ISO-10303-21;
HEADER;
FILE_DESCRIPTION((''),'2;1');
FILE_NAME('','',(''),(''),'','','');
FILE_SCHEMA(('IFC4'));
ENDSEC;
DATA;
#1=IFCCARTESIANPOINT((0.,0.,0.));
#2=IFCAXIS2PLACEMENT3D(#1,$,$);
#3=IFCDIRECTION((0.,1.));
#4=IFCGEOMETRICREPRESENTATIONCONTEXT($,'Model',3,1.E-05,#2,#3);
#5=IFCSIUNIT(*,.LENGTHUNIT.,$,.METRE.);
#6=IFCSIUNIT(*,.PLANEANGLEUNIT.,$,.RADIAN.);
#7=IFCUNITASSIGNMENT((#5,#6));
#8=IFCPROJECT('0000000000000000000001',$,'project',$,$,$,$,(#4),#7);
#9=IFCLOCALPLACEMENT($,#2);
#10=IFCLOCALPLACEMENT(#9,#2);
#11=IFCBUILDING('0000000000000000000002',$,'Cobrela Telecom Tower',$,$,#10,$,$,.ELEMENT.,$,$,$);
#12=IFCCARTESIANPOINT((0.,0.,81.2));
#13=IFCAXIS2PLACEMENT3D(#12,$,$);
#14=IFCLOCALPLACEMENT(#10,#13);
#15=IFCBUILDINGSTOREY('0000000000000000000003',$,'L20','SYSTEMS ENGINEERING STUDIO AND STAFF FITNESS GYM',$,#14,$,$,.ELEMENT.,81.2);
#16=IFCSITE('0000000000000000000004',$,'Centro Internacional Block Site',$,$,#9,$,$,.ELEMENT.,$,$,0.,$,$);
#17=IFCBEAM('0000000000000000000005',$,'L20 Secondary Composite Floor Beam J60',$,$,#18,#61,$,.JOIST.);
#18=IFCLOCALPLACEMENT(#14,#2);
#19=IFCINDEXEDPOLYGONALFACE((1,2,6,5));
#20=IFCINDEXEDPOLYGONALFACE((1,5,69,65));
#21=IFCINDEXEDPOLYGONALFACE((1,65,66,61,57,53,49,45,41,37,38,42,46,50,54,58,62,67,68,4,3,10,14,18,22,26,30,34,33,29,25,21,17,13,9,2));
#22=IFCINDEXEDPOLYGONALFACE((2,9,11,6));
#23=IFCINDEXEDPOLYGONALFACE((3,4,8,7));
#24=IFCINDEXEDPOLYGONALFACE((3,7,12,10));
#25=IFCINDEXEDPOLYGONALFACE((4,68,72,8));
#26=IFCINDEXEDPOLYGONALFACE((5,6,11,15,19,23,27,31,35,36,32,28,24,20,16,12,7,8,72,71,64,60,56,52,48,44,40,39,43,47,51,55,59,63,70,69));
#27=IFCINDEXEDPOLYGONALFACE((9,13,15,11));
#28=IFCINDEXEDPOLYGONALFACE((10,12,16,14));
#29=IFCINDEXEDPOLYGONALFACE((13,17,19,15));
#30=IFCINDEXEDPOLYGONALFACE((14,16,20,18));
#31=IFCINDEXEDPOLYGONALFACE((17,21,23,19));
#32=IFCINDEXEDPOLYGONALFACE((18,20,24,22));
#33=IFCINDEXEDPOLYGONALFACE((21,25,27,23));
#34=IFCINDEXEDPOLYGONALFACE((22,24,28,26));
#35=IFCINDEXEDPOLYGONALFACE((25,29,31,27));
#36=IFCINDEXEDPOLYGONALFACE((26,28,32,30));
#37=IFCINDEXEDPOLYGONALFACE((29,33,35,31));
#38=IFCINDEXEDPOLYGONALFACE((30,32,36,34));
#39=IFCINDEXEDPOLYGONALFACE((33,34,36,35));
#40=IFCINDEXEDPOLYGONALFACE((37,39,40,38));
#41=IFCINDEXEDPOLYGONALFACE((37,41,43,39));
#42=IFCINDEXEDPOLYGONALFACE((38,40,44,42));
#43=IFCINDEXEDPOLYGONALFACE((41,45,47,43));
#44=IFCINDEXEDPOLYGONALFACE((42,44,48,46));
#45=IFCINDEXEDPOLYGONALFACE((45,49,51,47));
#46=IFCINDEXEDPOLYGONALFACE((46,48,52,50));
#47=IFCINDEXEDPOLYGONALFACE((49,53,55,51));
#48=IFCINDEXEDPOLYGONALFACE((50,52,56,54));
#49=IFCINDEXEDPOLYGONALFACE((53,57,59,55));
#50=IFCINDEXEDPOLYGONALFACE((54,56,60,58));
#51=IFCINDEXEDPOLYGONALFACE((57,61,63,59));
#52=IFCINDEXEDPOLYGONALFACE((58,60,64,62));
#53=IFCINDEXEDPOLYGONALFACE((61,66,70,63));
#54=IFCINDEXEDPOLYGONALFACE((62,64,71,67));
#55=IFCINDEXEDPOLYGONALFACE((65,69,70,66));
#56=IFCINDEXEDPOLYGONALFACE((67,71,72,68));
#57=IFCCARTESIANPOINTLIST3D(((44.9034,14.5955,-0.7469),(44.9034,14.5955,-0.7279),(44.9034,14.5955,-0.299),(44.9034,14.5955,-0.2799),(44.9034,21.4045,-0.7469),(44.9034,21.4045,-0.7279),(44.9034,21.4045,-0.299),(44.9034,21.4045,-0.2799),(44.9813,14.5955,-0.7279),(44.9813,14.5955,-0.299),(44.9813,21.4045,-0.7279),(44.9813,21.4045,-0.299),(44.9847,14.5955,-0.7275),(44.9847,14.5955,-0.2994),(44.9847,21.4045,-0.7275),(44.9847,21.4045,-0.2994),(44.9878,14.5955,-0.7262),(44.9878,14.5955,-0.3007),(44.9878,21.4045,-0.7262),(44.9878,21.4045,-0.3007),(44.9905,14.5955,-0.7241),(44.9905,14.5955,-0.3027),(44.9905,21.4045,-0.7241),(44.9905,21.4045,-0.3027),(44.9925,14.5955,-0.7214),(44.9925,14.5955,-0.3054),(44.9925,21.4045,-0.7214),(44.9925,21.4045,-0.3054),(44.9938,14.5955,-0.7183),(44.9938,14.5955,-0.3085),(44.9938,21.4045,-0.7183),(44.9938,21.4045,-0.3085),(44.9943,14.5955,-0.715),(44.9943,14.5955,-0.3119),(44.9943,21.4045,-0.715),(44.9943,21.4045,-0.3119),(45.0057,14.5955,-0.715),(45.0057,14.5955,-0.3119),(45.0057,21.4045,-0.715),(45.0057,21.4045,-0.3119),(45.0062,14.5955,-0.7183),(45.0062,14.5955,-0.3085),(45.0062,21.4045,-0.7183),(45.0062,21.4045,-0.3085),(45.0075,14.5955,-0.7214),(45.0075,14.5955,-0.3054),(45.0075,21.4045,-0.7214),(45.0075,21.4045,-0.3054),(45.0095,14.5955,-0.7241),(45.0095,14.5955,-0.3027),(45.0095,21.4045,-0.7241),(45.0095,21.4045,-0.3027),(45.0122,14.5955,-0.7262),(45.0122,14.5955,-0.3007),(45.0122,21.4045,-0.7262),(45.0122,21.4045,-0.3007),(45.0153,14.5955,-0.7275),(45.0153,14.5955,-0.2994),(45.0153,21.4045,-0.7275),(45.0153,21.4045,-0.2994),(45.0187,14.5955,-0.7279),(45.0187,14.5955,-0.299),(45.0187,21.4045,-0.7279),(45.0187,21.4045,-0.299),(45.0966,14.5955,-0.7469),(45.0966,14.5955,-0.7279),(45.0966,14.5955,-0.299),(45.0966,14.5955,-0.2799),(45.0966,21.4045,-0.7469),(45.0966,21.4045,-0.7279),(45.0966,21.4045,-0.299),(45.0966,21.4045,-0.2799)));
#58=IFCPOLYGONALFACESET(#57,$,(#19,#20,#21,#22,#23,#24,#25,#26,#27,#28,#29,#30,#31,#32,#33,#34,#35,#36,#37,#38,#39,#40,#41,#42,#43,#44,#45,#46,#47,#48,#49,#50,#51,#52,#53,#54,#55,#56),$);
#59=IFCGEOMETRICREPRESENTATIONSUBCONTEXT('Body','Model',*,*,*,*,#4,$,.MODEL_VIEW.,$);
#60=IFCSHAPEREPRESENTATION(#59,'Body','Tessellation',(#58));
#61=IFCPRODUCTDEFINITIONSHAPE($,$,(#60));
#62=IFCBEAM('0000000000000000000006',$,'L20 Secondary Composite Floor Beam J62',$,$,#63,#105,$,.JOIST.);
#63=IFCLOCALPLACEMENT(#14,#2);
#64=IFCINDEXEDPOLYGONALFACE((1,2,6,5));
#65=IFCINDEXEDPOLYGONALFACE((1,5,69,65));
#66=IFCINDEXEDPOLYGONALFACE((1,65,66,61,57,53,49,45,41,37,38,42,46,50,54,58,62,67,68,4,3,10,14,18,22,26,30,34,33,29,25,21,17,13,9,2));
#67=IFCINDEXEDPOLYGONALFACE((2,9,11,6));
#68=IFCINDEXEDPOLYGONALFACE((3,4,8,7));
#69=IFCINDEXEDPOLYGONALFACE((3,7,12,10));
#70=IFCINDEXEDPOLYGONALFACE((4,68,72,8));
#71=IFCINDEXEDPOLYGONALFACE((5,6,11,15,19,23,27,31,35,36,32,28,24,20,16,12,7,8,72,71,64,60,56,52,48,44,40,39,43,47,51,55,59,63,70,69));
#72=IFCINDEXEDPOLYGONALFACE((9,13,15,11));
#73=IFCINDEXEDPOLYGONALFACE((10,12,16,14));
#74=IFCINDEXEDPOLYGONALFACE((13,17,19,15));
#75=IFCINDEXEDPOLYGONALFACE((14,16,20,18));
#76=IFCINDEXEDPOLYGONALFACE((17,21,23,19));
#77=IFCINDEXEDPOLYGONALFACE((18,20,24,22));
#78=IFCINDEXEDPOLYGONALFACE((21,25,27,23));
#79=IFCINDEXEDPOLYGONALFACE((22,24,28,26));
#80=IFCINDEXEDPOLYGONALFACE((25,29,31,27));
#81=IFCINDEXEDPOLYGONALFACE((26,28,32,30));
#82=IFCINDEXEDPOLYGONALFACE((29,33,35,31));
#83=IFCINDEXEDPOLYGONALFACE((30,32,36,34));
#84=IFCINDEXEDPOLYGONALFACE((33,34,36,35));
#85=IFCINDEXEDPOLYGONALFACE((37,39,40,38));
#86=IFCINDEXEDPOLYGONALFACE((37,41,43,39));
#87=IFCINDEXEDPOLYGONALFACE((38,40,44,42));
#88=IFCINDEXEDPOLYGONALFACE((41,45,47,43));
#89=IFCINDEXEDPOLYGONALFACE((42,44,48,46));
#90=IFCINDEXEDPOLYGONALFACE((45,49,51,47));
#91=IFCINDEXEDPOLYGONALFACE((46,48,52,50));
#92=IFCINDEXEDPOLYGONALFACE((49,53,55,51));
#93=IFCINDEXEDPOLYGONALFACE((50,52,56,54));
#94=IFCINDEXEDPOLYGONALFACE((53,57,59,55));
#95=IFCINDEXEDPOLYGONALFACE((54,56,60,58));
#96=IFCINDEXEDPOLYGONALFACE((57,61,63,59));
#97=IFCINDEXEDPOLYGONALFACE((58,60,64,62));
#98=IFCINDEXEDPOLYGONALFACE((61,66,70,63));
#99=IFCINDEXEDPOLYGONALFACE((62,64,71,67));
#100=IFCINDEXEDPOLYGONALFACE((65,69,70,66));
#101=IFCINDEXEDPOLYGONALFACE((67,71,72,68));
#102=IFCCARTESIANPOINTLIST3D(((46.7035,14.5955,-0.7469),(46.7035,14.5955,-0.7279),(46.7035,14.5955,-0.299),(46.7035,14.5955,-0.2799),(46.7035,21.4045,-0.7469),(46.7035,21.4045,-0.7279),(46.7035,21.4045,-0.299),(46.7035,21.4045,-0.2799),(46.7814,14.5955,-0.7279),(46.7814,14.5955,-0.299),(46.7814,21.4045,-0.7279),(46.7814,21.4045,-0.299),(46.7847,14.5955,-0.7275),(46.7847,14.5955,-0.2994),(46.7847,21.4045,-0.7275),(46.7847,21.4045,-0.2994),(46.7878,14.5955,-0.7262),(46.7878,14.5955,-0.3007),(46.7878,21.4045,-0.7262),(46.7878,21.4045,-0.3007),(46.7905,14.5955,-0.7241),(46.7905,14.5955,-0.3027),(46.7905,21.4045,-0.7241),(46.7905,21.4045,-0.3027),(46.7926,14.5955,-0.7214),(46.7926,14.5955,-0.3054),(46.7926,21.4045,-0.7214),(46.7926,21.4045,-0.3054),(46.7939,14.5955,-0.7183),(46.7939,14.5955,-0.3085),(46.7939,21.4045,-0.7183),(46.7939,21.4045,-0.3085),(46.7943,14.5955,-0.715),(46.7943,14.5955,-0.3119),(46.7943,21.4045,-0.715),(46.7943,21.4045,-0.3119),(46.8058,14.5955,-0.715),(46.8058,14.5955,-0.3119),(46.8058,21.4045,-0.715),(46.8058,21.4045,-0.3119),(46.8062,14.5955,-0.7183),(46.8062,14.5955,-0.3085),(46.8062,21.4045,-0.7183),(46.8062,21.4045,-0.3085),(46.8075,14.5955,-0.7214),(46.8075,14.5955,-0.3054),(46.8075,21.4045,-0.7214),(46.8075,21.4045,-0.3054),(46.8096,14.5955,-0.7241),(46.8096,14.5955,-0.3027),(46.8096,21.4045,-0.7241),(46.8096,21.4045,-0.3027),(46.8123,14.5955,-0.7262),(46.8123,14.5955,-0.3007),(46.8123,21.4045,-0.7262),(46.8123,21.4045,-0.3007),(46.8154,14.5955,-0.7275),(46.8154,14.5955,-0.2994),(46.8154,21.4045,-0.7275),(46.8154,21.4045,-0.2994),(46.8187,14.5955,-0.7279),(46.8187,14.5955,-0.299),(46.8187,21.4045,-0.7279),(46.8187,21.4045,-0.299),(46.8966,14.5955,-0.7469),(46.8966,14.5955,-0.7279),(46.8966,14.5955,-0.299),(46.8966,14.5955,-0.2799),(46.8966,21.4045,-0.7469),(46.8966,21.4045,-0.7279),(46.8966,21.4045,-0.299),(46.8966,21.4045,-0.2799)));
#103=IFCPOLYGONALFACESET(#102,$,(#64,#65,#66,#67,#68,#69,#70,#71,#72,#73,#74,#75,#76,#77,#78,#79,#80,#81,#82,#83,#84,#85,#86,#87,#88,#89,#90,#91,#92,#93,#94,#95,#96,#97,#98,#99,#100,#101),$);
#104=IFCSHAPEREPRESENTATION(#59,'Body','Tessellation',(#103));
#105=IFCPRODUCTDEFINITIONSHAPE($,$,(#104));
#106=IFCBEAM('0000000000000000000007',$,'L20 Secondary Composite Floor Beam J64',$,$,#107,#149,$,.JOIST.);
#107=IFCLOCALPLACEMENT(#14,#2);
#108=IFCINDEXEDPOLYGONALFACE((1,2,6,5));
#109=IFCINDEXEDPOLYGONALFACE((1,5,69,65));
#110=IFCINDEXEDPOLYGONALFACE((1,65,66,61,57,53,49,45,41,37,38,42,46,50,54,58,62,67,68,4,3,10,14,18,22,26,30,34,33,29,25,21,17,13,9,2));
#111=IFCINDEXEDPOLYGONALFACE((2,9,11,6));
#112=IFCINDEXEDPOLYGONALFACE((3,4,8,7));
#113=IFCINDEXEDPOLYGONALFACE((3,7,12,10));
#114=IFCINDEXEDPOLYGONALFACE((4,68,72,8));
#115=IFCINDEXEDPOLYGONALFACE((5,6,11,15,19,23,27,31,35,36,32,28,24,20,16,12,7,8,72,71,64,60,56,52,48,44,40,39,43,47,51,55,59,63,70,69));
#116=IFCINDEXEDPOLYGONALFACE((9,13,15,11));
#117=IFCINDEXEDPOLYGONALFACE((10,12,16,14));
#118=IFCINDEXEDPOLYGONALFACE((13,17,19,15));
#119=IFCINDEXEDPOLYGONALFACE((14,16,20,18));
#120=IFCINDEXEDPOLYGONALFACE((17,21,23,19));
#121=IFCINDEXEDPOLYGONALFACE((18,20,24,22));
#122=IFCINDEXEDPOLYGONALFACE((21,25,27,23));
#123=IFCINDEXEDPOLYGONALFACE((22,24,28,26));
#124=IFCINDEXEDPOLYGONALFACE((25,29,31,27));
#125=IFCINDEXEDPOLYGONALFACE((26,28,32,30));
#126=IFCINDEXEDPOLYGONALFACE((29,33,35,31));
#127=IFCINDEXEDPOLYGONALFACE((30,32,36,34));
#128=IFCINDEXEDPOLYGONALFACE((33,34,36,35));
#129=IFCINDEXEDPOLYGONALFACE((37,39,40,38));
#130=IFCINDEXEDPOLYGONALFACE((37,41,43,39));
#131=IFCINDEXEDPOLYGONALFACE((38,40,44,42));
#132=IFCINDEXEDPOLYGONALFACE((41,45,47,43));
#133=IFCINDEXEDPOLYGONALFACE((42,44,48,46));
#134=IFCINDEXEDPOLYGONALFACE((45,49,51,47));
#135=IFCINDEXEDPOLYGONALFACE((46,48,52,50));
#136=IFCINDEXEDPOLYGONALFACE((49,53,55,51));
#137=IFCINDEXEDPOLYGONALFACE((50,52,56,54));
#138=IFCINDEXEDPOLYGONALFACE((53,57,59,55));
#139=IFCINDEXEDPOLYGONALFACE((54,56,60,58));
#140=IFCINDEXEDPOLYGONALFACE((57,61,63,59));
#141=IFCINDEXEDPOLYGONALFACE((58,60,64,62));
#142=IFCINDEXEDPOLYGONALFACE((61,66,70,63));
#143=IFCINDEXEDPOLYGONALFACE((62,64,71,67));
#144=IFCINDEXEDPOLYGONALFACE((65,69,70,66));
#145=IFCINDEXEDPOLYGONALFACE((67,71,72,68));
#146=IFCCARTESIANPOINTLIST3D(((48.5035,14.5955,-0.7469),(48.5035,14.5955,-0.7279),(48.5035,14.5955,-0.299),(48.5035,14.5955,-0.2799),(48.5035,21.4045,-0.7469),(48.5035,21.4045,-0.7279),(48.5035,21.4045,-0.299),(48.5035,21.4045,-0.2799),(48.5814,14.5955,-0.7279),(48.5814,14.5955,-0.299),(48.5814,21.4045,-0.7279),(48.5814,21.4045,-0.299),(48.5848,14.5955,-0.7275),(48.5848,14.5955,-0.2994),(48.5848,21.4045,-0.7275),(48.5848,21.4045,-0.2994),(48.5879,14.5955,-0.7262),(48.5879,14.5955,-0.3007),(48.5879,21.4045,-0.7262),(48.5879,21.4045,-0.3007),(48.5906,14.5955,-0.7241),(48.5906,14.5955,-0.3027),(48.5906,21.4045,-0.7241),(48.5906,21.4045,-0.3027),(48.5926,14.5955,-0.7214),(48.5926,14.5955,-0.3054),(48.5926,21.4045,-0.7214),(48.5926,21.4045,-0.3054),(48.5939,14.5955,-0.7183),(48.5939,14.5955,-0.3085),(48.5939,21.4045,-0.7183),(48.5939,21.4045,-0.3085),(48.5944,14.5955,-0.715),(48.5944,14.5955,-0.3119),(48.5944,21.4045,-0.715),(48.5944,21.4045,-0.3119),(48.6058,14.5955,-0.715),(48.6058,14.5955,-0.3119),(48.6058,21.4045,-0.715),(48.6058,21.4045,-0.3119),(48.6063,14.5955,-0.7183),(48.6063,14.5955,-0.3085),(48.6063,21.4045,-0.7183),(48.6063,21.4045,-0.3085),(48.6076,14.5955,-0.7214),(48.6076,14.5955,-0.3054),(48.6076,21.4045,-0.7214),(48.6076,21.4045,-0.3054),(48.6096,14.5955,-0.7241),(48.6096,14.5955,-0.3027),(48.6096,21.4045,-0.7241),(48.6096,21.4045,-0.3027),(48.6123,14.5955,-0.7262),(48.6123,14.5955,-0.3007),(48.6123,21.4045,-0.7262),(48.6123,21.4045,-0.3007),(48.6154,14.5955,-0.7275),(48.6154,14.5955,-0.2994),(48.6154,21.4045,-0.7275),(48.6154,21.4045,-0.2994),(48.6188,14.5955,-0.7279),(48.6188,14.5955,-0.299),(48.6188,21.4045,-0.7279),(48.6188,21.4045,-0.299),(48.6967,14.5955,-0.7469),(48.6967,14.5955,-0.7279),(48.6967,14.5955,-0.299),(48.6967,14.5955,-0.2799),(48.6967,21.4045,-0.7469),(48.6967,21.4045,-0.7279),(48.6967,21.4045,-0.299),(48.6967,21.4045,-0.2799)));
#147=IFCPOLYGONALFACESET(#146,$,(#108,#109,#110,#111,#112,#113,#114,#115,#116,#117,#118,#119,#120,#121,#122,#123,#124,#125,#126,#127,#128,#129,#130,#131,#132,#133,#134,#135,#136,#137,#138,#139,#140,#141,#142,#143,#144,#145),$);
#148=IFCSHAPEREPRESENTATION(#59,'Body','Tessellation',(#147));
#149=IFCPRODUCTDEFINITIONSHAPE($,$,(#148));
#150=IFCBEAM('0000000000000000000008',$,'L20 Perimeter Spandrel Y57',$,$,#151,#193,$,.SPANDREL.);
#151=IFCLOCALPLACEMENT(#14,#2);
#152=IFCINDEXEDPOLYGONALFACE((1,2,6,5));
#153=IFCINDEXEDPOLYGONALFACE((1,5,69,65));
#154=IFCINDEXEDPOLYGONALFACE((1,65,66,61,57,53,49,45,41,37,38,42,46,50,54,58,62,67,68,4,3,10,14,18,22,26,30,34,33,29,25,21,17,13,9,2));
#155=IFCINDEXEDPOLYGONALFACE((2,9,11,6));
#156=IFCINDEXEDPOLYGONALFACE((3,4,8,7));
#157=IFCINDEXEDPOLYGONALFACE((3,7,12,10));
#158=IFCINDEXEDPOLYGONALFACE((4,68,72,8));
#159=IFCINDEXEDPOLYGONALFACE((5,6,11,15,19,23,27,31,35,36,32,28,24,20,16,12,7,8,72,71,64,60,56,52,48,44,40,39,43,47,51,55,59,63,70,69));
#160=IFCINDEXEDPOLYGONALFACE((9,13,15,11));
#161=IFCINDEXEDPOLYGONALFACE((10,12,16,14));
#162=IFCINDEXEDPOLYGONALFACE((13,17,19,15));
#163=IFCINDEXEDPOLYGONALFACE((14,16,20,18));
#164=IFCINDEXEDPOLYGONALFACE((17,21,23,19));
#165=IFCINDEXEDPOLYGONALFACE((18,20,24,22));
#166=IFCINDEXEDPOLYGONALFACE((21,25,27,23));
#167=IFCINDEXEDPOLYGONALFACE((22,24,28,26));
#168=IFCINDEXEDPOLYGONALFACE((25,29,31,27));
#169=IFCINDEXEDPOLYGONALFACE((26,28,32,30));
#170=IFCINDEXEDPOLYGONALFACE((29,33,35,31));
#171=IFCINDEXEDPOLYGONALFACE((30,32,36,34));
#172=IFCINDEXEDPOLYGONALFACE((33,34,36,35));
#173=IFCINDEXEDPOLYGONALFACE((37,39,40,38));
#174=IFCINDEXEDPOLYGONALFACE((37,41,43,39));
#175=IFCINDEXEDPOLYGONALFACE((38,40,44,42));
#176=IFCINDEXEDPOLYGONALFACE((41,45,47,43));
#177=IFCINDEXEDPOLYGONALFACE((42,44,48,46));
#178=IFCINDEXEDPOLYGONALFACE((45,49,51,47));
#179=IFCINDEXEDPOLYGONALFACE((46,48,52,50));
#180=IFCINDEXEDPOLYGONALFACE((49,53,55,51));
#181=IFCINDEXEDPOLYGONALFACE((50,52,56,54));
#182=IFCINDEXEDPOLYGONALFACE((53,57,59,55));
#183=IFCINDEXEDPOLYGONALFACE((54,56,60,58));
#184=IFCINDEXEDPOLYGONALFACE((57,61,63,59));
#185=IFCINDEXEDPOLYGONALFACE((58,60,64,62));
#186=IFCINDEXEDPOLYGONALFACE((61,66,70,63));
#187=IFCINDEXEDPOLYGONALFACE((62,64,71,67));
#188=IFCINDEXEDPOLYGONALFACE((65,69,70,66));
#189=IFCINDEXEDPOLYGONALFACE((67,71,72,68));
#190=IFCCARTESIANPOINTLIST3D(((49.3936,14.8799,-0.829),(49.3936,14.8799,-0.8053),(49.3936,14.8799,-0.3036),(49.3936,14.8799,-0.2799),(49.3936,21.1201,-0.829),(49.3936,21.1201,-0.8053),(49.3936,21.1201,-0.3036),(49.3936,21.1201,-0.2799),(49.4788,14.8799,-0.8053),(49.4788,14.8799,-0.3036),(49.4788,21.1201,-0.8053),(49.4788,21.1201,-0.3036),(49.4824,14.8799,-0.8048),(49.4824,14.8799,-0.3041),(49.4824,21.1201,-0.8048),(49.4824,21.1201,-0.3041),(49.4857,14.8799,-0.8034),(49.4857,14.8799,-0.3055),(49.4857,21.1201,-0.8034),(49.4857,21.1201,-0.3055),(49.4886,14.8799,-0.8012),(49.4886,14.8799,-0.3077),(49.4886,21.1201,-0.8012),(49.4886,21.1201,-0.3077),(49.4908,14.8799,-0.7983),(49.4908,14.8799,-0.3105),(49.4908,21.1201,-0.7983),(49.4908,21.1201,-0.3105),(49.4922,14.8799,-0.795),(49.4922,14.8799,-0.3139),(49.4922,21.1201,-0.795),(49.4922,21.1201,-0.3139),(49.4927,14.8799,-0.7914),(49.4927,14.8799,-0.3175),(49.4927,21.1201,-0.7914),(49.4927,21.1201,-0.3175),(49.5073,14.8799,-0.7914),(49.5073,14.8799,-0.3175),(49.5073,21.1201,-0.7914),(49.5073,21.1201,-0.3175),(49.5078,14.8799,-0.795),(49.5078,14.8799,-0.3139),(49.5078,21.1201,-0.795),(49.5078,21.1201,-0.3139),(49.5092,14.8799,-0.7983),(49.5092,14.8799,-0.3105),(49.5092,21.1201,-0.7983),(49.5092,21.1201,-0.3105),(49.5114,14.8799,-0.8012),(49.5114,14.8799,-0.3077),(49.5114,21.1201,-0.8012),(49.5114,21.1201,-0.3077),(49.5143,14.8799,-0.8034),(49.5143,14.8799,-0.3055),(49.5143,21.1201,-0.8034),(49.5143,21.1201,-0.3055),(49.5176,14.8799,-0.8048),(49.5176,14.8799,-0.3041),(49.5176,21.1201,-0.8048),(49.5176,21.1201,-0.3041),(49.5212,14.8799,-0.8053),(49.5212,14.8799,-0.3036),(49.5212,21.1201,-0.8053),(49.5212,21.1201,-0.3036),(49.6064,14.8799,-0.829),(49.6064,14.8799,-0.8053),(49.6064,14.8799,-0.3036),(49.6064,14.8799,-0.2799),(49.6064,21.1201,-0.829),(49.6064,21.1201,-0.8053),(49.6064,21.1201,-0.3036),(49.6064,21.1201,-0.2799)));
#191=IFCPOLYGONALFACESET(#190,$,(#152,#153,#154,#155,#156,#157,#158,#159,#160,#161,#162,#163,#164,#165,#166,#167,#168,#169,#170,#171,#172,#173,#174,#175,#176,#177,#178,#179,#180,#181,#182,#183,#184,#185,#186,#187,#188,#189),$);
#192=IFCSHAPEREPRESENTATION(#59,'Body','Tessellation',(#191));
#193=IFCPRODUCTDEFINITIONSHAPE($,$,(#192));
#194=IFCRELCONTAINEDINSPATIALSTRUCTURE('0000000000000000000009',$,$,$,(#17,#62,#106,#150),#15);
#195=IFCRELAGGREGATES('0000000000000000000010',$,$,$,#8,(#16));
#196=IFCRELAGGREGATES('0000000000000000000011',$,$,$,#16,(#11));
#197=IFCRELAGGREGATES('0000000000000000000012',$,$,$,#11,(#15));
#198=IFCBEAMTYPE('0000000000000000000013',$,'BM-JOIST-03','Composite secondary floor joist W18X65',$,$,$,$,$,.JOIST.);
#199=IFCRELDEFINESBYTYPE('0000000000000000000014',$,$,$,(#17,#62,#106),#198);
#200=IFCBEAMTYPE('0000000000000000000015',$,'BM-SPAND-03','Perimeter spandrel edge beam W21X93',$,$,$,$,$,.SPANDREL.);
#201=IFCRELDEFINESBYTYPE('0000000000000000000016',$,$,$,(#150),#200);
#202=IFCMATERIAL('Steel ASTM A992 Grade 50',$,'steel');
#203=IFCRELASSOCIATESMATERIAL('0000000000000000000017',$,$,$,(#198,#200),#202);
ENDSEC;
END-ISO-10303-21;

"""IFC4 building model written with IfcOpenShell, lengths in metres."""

from ifc_helpers import new_model, si_unit, direction, frame, origin, origin_2d, place, context, subcontext, project, spatial, i_section, extrude, material, material_profile, profile_set, type_object, element, save


model = new_model("IFC4")

# Units and contexts
model_context = context("Model", 3, precision=1e-05, world=origin(), true_north=direction((0.0, 1.0)))
body_context = subcontext(model_context, "Body", "Model", "MODEL_VIEW")
ifc_project = project(units=[si_unit("LENGTHUNIT", "METRE"), si_unit("PLANEANGLEUNIT", "RADIAN")], contexts=[model_context])

# Site, building, storey
site_placement = place(None, origin())
site = spatial("IfcSite", under=ifc_project, at=site_placement, Name="Centro Internacional Block Site", CompositionType="ELEMENT", RefElevation=0.0)
building_placement = place(site_placement, origin())
building = spatial("IfcBuilding", under=site, at=building_placement, Name="Cobrela Telecom Tower", CompositionType="ELEMENT")
storey_placement = place(building_placement, frame((0.0, 0.0, 81.2)))
storey = spatial("IfcBuildingStorey", under=building, at=storey_placement, Name="L20", Description="SYSTEMS ENGINEERING STUDIO AND STAFF FITNESS GYM", CompositionType="ELEMENT", Elevation=81.2)

# Shared definitions
ifc_material_1 = material(Name="Steel ASTM A992 Grade 50", Category="steel")

# Beams
ifc_material_profile_1 = material_profile(ifc_material_1, i_section(OverallWidth=0.1931, OverallDepth=0.467, WebThickness=0.0115, FlangeThickness=0.019, FilletRadius=0.0129, at=origin_2d()), Name="W18X65")
ifc_profile_set_1 = profile_set([ifc_material_profile_1], Name="Steel ASTM A992 Grade 50")
beam_type_1 = type_object("IfcBeamType", Name="BM-JOIST-03", Description="Composite secondary floor joist W18X65", PredefinedType="JOIST", material=ifc_profile_set_1)
for number, where, z_axis, x_axis, name in (
    (1, (45.0, 14.5955, -0.5134), (0.0, 1.0, 0.0), (-1.0, 0.0, 0.0), "L20 Secondary Composite Floor Beam J60"),
    (2, (46.8, 14.5955, -0.5134), (0.0, 1.0, 0.0), (-1.0, 0.0, 0.0), "L20 Secondary Composite Floor Beam J62"),
    (3, (48.6001, 14.5955, -0.5134), (0.0, 1.0, 0.0), (-1.0, 0.0, 0.0), "L20 Secondary Composite Floor Beam J64"),
):
    element("IfcBeam", number, at=place(storey_placement, frame(where, z_axis=z_axis, x_axis=x_axis)), inside=storey, type_object=beam_type_1, Name=name, PredefinedType="JOIST", context=body_context, shape_type="SweptSolid", body=[
        extrude(i_section(OverallWidth=0.1931, OverallDepth=0.467, WebThickness=0.0115, FlangeThickness=0.019, FilletRadius=0.0129, at=origin_2d()), origin(), (0.0, 0.0, 1.0), 6.8091),
    ])
ifc_material_profile_2 = material_profile(ifc_material_1, i_section(OverallWidth=0.2129, OverallDepth=0.5491, WebThickness=0.0146, FlangeThickness=0.0237, FilletRadius=0.0139, at=origin_2d()), Name="W21X93")
ifc_profile_set_2 = profile_set([ifc_material_profile_2], Name="Steel ASTM A992 Grade 50")
beam_type_2 = type_object("IfcBeamType", Name="BM-SPAND-03", Description="Perimeter spandrel edge beam W21X93", PredefinedType="SPANDREL", material=ifc_profile_set_2)
beam_1_placement = place(storey_placement, frame((49.5, 14.8799, -0.5544), z_axis=(0.0, 1.0, 0.0), x_axis=(-1.0, 0.0, 0.0)))
element("IfcBeam", 4, at=beam_1_placement, inside=storey, type_object=beam_type_2, Name="L20 Perimeter Spandrel Y57", PredefinedType="SPANDREL", context=body_context, shape_type="SweptSolid", body=[
    extrude(i_section(OverallWidth=0.2129, OverallDepth=0.5491, WebThickness=0.0146, FlangeThickness=0.0237, FilletRadius=0.0139, at=origin_2d()), origin(), (0.0, 0.0, 1.0), 6.2402),
])

save(model, "model.ifc")
